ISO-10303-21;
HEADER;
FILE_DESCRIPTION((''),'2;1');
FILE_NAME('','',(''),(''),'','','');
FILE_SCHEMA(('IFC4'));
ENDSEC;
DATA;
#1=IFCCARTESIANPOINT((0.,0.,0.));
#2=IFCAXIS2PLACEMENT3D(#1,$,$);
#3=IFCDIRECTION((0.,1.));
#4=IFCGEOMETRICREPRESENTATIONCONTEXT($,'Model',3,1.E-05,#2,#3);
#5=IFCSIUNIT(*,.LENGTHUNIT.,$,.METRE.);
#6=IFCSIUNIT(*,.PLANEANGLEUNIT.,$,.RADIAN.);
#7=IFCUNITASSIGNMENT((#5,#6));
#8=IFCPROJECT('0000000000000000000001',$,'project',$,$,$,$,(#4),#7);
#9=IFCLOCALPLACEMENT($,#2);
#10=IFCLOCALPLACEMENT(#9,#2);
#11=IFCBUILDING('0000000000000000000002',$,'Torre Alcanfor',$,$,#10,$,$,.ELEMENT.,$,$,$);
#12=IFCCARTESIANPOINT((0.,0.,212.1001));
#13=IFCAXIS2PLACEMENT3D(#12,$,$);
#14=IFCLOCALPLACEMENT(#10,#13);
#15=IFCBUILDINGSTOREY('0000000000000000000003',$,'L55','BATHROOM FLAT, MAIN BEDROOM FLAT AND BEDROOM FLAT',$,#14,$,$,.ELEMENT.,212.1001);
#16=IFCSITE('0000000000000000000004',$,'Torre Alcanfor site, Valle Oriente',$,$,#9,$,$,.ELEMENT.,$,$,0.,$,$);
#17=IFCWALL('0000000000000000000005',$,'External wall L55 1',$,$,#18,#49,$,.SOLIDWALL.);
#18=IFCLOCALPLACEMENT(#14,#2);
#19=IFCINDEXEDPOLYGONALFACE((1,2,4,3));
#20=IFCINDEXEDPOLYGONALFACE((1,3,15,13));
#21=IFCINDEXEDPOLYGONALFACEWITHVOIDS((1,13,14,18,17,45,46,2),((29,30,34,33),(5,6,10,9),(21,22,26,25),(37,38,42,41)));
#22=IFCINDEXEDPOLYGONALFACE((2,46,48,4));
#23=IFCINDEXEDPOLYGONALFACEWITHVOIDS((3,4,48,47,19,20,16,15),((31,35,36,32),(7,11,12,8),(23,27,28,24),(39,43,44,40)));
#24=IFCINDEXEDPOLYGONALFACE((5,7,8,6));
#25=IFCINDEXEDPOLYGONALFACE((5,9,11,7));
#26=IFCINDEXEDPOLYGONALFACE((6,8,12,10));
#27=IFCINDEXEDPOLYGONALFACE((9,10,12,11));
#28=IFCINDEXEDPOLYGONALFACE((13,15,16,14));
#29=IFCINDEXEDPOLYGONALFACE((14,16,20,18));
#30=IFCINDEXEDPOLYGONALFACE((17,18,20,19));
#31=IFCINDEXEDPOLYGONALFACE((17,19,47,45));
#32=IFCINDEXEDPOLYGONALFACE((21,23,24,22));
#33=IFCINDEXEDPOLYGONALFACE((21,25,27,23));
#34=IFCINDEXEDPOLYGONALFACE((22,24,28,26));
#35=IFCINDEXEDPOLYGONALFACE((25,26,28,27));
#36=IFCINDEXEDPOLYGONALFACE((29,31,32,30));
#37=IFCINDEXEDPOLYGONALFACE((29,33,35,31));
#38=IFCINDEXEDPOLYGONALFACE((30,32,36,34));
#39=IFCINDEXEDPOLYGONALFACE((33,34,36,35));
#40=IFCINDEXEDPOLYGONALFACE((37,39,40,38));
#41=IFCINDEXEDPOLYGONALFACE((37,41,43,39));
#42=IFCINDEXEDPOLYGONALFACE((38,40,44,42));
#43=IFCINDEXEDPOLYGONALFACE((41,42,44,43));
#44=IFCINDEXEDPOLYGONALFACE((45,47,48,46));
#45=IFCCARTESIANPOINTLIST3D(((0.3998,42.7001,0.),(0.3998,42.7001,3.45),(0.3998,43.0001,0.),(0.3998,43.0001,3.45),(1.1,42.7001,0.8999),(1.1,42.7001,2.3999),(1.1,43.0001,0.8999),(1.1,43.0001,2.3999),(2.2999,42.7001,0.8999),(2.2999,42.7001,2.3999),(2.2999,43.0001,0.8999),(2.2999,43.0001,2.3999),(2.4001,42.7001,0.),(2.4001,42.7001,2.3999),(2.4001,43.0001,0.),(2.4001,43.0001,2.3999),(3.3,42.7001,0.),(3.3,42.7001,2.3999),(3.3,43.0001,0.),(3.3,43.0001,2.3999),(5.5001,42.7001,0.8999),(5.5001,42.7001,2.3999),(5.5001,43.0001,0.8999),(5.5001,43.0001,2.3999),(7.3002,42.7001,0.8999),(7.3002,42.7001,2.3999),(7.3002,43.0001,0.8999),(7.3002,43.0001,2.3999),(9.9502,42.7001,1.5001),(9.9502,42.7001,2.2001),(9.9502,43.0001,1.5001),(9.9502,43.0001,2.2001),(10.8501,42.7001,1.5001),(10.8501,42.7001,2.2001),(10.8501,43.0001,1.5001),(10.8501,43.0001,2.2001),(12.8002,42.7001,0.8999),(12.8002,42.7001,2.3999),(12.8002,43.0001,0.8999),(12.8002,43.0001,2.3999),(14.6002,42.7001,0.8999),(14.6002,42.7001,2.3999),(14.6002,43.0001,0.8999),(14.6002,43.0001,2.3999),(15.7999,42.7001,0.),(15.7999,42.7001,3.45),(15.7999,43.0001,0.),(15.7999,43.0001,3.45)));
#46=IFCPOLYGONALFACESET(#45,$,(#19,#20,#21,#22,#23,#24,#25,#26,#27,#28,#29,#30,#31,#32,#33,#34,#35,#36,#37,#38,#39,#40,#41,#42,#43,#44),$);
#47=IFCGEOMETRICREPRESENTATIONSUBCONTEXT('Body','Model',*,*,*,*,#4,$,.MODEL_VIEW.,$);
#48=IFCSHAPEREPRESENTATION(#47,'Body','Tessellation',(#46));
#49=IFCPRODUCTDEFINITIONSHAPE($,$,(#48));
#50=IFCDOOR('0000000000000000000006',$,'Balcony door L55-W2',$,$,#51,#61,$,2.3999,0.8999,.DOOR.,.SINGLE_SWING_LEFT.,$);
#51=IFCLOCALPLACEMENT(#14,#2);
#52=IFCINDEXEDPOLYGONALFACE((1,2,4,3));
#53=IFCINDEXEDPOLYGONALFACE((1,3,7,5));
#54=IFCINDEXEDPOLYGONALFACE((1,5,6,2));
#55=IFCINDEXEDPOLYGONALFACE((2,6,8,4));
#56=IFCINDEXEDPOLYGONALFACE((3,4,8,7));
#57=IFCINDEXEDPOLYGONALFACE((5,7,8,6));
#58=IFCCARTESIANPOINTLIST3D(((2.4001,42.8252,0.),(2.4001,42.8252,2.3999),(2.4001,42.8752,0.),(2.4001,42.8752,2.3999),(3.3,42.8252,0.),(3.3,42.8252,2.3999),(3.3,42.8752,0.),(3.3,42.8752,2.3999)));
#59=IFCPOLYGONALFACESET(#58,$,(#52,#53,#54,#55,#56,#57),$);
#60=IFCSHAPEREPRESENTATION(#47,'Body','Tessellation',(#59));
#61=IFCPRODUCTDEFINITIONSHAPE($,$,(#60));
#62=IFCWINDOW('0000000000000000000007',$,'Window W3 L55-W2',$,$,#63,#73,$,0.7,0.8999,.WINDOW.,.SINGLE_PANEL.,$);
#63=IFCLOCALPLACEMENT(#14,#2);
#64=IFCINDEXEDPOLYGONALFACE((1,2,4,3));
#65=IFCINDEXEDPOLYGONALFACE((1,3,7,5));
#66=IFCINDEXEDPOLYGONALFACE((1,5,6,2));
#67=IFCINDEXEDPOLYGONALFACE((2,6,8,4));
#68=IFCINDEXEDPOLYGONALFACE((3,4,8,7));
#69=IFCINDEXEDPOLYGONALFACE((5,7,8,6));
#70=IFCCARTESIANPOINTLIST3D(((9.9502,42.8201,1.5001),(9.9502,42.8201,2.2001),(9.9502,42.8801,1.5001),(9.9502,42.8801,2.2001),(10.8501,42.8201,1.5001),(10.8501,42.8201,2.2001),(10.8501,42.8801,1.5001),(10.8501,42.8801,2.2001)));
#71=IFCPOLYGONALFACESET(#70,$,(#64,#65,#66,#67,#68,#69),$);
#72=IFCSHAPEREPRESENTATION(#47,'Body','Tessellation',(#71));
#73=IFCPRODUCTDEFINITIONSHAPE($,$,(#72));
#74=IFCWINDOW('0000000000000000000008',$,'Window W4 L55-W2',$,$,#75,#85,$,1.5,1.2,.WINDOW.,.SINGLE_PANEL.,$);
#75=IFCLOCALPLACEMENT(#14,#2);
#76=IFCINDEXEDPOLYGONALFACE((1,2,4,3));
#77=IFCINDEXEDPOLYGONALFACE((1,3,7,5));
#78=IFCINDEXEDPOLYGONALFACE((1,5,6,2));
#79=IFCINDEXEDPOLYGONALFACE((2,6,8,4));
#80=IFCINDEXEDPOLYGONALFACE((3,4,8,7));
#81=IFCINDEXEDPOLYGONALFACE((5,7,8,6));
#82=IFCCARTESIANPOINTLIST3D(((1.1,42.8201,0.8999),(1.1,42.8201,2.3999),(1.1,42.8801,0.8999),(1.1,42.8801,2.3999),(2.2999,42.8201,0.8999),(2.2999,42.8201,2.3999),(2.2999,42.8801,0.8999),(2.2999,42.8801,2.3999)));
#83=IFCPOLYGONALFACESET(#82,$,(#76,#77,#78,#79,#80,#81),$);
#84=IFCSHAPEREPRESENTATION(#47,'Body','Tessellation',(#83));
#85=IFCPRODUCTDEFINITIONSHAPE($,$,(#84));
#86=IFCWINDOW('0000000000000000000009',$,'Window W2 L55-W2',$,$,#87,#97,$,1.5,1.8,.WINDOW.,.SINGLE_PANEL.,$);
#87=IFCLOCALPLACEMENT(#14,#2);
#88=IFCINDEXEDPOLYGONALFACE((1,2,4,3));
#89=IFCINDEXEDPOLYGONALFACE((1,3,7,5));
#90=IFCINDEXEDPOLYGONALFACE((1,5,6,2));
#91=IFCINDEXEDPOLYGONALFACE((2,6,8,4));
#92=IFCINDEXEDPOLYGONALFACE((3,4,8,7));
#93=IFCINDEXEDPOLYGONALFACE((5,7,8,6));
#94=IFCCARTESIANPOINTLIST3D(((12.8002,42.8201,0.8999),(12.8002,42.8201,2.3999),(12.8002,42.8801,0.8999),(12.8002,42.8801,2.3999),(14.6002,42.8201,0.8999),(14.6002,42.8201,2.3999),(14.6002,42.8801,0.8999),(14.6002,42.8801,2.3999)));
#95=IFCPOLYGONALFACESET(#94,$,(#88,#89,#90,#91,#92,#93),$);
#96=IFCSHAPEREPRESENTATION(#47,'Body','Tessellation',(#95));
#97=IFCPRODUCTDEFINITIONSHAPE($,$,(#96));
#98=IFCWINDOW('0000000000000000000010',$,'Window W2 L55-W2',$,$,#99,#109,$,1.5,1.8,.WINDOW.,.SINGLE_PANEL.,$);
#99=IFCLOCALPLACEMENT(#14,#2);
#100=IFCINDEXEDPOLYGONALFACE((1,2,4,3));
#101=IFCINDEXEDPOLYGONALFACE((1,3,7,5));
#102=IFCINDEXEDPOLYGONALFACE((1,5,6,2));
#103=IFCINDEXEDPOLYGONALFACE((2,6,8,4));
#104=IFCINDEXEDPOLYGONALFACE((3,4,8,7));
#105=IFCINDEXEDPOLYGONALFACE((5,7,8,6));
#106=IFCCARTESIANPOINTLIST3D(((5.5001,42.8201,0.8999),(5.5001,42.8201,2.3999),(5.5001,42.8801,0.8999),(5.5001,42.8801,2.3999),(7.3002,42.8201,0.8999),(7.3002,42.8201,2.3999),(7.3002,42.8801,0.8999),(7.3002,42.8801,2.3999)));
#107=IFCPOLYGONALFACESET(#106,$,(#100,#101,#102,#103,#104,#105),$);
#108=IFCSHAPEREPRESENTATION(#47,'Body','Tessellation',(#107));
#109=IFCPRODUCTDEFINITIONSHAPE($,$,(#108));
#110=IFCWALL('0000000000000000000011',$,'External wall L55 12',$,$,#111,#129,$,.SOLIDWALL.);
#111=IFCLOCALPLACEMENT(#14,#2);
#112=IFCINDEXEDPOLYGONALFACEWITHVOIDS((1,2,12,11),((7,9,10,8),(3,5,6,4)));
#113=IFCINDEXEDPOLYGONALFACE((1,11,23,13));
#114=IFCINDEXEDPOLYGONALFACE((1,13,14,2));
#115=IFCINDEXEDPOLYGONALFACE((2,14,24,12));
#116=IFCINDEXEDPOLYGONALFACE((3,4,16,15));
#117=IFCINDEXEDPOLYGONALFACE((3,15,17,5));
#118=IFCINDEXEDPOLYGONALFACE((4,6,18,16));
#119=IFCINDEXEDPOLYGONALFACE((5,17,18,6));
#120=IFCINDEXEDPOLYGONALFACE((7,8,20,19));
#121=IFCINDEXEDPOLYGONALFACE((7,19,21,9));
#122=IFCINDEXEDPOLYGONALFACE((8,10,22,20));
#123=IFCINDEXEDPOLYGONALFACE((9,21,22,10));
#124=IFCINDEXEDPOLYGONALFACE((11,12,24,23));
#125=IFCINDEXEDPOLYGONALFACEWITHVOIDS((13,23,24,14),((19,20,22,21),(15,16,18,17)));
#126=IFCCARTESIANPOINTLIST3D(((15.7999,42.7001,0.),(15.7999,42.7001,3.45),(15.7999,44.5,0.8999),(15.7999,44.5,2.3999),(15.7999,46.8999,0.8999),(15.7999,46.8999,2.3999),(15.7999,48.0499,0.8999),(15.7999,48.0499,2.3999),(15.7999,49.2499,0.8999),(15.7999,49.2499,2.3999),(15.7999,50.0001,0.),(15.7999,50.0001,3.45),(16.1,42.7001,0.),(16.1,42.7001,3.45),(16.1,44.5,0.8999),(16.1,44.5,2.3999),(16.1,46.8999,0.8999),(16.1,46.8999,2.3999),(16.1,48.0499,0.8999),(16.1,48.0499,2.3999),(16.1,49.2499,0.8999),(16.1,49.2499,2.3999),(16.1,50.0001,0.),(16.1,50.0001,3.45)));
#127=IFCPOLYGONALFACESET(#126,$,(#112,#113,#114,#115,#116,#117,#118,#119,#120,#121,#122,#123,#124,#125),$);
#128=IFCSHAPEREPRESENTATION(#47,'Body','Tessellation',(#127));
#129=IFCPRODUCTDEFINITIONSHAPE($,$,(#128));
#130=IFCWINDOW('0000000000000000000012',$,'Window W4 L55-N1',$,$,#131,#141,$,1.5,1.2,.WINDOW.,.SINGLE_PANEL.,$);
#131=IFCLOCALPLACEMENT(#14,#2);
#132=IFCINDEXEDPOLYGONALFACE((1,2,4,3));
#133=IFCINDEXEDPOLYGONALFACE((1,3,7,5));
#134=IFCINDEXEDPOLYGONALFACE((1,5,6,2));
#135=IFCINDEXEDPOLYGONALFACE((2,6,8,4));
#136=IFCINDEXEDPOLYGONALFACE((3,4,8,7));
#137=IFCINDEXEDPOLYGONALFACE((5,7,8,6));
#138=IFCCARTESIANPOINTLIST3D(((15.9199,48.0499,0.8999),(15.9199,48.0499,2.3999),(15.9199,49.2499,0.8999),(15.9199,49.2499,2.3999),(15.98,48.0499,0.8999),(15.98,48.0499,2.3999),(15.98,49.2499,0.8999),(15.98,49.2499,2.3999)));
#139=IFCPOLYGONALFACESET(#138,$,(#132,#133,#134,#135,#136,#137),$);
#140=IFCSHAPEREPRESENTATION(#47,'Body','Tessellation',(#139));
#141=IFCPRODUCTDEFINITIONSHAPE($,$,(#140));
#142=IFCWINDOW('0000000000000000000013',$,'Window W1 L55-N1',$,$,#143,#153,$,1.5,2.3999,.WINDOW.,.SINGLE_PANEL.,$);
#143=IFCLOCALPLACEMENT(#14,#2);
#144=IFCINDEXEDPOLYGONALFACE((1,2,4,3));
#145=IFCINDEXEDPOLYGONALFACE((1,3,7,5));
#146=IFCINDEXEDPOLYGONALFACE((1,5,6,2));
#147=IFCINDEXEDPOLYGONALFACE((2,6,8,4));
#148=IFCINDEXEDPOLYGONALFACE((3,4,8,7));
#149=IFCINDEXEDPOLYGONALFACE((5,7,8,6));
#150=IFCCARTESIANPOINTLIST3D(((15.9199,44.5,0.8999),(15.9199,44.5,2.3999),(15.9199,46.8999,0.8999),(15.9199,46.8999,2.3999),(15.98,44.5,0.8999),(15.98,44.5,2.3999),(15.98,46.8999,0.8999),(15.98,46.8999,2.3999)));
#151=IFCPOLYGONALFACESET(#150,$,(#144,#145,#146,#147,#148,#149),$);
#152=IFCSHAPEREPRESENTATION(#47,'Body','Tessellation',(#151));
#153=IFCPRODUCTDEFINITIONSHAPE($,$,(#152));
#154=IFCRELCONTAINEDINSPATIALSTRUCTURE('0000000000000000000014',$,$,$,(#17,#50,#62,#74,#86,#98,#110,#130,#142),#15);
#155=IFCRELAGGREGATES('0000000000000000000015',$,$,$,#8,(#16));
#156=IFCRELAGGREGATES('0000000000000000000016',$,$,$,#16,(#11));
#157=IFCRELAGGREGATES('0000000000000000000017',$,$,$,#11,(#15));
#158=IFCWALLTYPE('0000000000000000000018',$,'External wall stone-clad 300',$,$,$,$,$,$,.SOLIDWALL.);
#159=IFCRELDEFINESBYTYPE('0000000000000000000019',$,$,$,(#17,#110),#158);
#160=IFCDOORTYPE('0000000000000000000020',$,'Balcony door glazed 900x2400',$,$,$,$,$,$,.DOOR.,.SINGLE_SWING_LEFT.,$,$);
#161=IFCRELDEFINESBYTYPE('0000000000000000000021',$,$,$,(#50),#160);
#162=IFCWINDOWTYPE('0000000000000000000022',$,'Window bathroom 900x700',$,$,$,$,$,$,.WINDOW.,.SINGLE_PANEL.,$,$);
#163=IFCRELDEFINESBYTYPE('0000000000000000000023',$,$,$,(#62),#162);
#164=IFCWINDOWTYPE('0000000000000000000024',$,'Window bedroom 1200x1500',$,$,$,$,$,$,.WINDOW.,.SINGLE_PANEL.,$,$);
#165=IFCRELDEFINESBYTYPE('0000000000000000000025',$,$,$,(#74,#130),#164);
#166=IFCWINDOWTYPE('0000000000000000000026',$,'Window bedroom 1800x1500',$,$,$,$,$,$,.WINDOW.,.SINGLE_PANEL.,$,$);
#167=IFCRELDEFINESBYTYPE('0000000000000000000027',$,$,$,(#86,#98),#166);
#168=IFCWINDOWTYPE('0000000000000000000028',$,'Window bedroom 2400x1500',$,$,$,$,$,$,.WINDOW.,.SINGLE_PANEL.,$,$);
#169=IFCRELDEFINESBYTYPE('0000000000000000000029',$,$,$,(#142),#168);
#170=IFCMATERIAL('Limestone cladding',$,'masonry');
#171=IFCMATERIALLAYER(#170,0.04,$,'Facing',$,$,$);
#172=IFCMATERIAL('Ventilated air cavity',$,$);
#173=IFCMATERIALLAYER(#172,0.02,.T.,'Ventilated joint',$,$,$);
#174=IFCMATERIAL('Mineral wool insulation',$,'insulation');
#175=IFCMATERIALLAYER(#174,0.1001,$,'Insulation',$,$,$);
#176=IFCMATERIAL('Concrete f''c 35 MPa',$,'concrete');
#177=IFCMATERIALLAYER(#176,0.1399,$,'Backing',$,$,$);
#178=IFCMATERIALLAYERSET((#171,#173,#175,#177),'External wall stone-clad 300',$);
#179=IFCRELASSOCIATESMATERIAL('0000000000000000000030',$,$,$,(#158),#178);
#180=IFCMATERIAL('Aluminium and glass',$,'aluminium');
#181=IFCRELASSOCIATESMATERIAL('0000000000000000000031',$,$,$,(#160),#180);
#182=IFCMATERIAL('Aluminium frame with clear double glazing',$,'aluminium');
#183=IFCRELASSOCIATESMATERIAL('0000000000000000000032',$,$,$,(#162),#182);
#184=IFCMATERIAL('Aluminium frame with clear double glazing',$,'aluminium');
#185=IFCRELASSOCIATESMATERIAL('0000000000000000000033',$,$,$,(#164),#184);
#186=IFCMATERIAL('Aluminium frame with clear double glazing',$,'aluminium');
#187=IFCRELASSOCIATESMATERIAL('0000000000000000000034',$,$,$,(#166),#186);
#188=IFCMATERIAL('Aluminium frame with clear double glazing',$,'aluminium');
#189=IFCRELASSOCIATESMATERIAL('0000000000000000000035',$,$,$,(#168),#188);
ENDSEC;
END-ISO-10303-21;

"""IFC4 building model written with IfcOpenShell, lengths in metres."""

from ifc_helpers import new_model, si_unit, direction, frame, frame_2d, origin, place, context, subcontext, project, spatial, rectangle, extrude, material, layer, layer_set, type_object, element, fill, save


model = new_model("IFC4")

# Units and contexts
model_context = context("Model", 3, precision=1e-05, world=origin(), true_north=direction((0.0, 1.0)))
body_context = subcontext(model_context, "Body", "Model", "MODEL_VIEW")
ifc_project = project(units=[si_unit("LENGTHUNIT", "METRE"), si_unit("PLANEANGLEUNIT", "RADIAN")], contexts=[model_context])

# Site, building, storey
site_placement = place(None, origin())
site = spatial("IfcSite", under=ifc_project, at=site_placement, Name="Torre Alcanfor site, Valle Oriente", CompositionType="ELEMENT", RefElevation=0.0)
building_placement = place(site_placement, origin())
building = spatial("IfcBuilding", under=site, at=building_placement, Name="Torre Alcanfor", CompositionType="ELEMENT")
storey_placement = place(building_placement, frame((0.0, 0.0, 212.1001)))
storey = spatial("IfcBuildingStorey", under=building, at=storey_placement, Name="L55", Description="BATHROOM FLAT, MAIN BEDROOM FLAT AND BEDROOM FLAT", CompositionType="ELEMENT", Elevation=212.1001)

# Wall, openings, door, windows
ifc_material_1 = material(Name="Limestone cladding", Category="masonry")
ifc_layer_1 = layer(ifc_material_1, 0.04, Name="Facing")
ifc_material_2 = material(Name="Ventilated air cavity")
ifc_layer_2 = layer(ifc_material_2, 0.02, ventilated=True, Name="Ventilated joint")
ifc_material_3 = material(Name="Mineral wool insulation", Category="insulation")
ifc_layer_3 = layer(ifc_material_3, 0.1001, Name="Insulation")
ifc_material_4 = material(Name="Concrete f'c 35 MPa", Category="concrete")
ifc_layer_4 = layer(ifc_material_4, 0.1399, Name="Backing")
ifc_layer_set_1 = layer_set([ifc_layer_1, ifc_layer_2, ifc_layer_3, ifc_layer_4], Name="External wall stone-clad 300")
wall_type_1 = type_object("IfcWallType", Name="External wall stone-clad 300", PredefinedType="SOLIDWALL", material=ifc_layer_set_1)
wall_1_placement = place(storey_placement, frame((15.8, 42.8501, 0.0), z_axis=(0.0, 0.0, 1.0), x_axis=(-1.0, 0.0, 0.0)))
wall_1 = element("IfcWall", 1, at=wall_1_placement, inside=storey, type_object=wall_type_1, Name="External wall L55 1", PredefinedType="SOLIDWALL", context=body_context, shape_type="SweptSolid", body=[
    extrude(rectangle(XDim=15.4001, YDim=0.3, at=frame_2d((7.7002, 0.0))), origin(), (0.0, 0.0, 1.0), 3.45),
])
opening_1_placement = place(wall_1_placement, frame((1.2, 0.0, 0.8999)))
opening_1 = element("IfcOpeningElement", 2, at=opening_1_placement, cuts=wall_1, PredefinedType="OPENING", context=body_context, shape_type="SweptSolid", body=[
    extrude(rectangle(XDim=1.8, YDim=1.5, at=frame_2d((0.8999, 0.75))), frame((0.0, 0.1599, 0.0), z_axis=(0.0, -1.0, 0.0), x_axis=(1.0, 0.0, 0.0)), (0.0, 0.0, 1.0), 0.3201),
])
opening_2_placement = place(wall_1_placement, frame((4.95, 0.0, 1.5)))
opening_2 = element("IfcOpeningElement", 3, at=opening_2_placement, cuts=wall_1, PredefinedType="OPENING", context=body_context, shape_type="SweptSolid", body=[
    extrude(rectangle(XDim=0.8999, YDim=0.7, at=frame_2d((0.45, 0.3501))), frame((0.0, 0.1599, 0.0), z_axis=(0.0, -1.0, 0.0), x_axis=(1.0, 0.0, 0.0)), (0.0, 0.0, 1.0), 0.3201),
])
opening_3_placement = place(wall_1_placement, frame((8.5, 0.0, 0.8999)))
opening_3 = element("IfcOpeningElement", 4, at=opening_3_placement, cuts=wall_1, PredefinedType="OPENING", context=body_context, shape_type="SweptSolid", body=[
    extrude(rectangle(XDim=1.8, YDim=1.5, at=frame_2d((0.8999, 0.75))), frame((0.0, 0.1599, 0.0), z_axis=(0.0, -1.0, 0.0), x_axis=(1.0, 0.0, 0.0)), (0.0, 0.0, 1.0), 0.3201),
])
opening_4_placement = place(wall_1_placement, frame((12.5, 0.0, 0.0)))
opening_4 = element("IfcOpeningElement", 5, at=opening_4_placement, cuts=wall_1, PredefinedType="OPENING", context=body_context, shape_type="SweptSolid", body=[
    extrude(rectangle(XDim=0.8999, YDim=2.3999, at=frame_2d((0.45, 1.2))), frame((0.0, 0.1599, 0.0), z_axis=(0.0, -1.0, 0.0), x_axis=(1.0, 0.0, 0.0)), (0.0, 0.0, 1.0), 0.3201),
])
opening_5_placement = place(wall_1_placement, frame((13.5, 0.0, 0.8999)))
opening_5 = element("IfcOpeningElement", 6, at=opening_5_placement, cuts=wall_1, PredefinedType="OPENING", context=body_context, shape_type="SweptSolid", body=[
    extrude(rectangle(XDim=1.2, YDim=1.5, at=frame_2d((0.6001, 0.75))), frame((0.0, 0.1599, 0.0), z_axis=(0.0, -1.0, 0.0), x_axis=(1.0, 0.0, 0.0)), (0.0, 0.0, 1.0), 0.3201),
])
ifc_material_5 = material(Name="Aluminium and glass", Category="aluminium")
door_type_1 = type_object("IfcDoorType", Name="Balcony door glazed 900x2400", OperationType="SINGLE_SWING_LEFT", PredefinedType="DOOR", material=ifc_material_5)
door_1_placement = place(opening_4_placement, origin())
door_1 = element("IfcDoor", 7, at=door_1_placement, inside=storey, type_object=door_type_1, Name="Balcony door L55-W2", OperationType="SINGLE_SWING_LEFT", OverallHeight=2.3999, OverallWidth=0.8999, PredefinedType="DOOR", context=body_context, shape_type="SweptSolid", body=[
    extrude(rectangle(XDim=0.8999, YDim=2.3999, at=frame_2d((0.45, 1.2))), frame((0.0, 0.0249, 0.0), z_axis=(0.0, -1.0, 0.0), x_axis=(1.0, 0.0, 0.0)), (0.0, 0.0, 1.0), 0.05),
])
fill(opening_4, door_1)
ifc_material_6 = material(Name="Aluminium frame with clear double glazing", Category="aluminium")
window_type_1 = type_object("IfcWindowType", Name="Window bathroom 900x700", PartitioningType="SINGLE_PANEL", PredefinedType="WINDOW", material=ifc_material_6)
window_1_placement = place(opening_2_placement, origin())
window_1 = element("IfcWindow", 8, at=window_1_placement, inside=storey, type_object=window_type_1, Name="Window W3 L55-W2", OverallHeight=0.7, OverallWidth=0.8999, PartitioningType="SINGLE_PANEL", PredefinedType="WINDOW", context=body_context, shape_type="SweptSolid", body=[
    extrude(rectangle(XDim=0.8999, YDim=0.7, at=frame_2d((0.45, 0.3501))), frame((0.0, 0.03, 0.0), z_axis=(0.0, -1.0, 0.0), x_axis=(1.0, 0.0, 0.0)), (0.0, 0.0, 1.0), 0.0601),
])
fill(opening_2, window_1)
ifc_material_7 = material(Name="Aluminium frame with clear double glazing", Category="aluminium")
window_type_2 = type_object("IfcWindowType", Name="Window bedroom 1200x1500", PartitioningType="SINGLE_PANEL", PredefinedType="WINDOW", material=ifc_material_7)
window_2_placement = place(opening_5_placement, origin())
window_2 = element("IfcWindow", 9, at=window_2_placement, inside=storey, type_object=window_type_2, Name="Window W4 L55-W2", OverallHeight=1.5, OverallWidth=1.2, PartitioningType="SINGLE_PANEL", PredefinedType="WINDOW", context=body_context, shape_type="SweptSolid", body=[
    extrude(rectangle(XDim=1.2, YDim=1.5, at=frame_2d((0.6001, 0.75))), frame((0.0, 0.03, 0.0), z_axis=(0.0, -1.0, 0.0), x_axis=(1.0, 0.0, 0.0)), (0.0, 0.0, 1.0), 0.0601),
])
fill(opening_5, window_2)
ifc_material_8 = material(Name="Aluminium frame with clear double glazing", Category="aluminium")
window_type_3 = type_object("IfcWindowType", Name="Window bedroom 1800x1500", PartitioningType="SINGLE_PANEL", PredefinedType="WINDOW", material=ifc_material_8)
window_3_placement = place(opening_1_placement, origin())
window_3 = element("IfcWindow", 10, at=window_3_placement, inside=storey, type_object=window_type_3, Name="Window W2 L55-W2", OverallHeight=1.5, OverallWidth=1.8, PartitioningType="SINGLE_PANEL", PredefinedType="WINDOW", context=body_context, shape_type="SweptSolid", body=[
    extrude(rectangle(XDim=1.8, YDim=1.5, at=frame_2d((0.8999, 0.75))), frame((0.0, 0.03, 0.0), z_axis=(0.0, -1.0, 0.0), x_axis=(1.0, 0.0, 0.0)), (0.0, 0.0, 1.0), 0.0601),
])
fill(opening_1, window_3)
window_4_placement = place(opening_3_placement, origin())
window_4 = element("IfcWindow", 11, at=window_4_placement, inside=storey, type_object=window_type_3, Name="Window W2 L55-W2", OverallHeight=1.5, OverallWidth=1.8, PartitioningType="SINGLE_PANEL", PredefinedType="WINDOW", context=body_context, shape_type="SweptSolid", body=[
    extrude(rectangle(XDim=1.8, YDim=1.5, at=frame_2d((0.8999, 0.75))), frame((0.0, 0.03, 0.0), z_axis=(0.0, -1.0, 0.0), x_axis=(1.0, 0.0, 0.0)), (0.0, 0.0, 1.0), 0.0601),
])
fill(opening_3, window_4)

# Wall, openings, windows
wall_2_placement = place(storey_placement, frame((15.95, 50.0, 0.0), z_axis=(0.0, 0.0, 1.0), x_axis=(0.0, -1.0, 0.0)))
wall_2 = element("IfcWall", 12, at=wall_2_placement, inside=storey, type_object=wall_type_1, Name="External wall L55 12", PredefinedType="SOLIDWALL", context=body_context, shape_type="SweptSolid", body=[
    extrude(rectangle(XDim=7.3, YDim=0.3, at=frame_2d((3.6499, 0.0))), origin(), (0.0, 0.0, 1.0), 3.45),
])
opening_6_placement = place(wall_2_placement, frame((3.1001, 0.0, 0.8999)))
opening_6 = element("IfcOpeningElement", 13, at=opening_6_placement, cuts=wall_2, PredefinedType="OPENING", context=body_context, shape_type="SweptSolid", body=[
    extrude(rectangle(XDim=2.3999, YDim=1.5, at=frame_2d((1.2, 0.75))), frame((0.0, 0.1599, 0.0), z_axis=(0.0, -1.0, 0.0), x_axis=(1.0, 0.0, 0.0)), (0.0, 0.0, 1.0), 0.3201),
])
opening_7_placement = place(wall_2_placement, frame((0.75, 0.0, 0.8999)))
opening_7 = element("IfcOpeningElement", 14, at=opening_7_placement, cuts=wall_2, PredefinedType="OPENING", context=body_context, shape_type="SweptSolid", body=[
    extrude(rectangle(XDim=1.2, YDim=1.5, at=frame_2d((0.6001, 0.75))), frame((0.0, 0.1599, 0.0), z_axis=(0.0, -1.0, 0.0), x_axis=(1.0, 0.0, 0.0)), (0.0, 0.0, 1.0), 0.3201),
])
window_5_placement = place(opening_7_placement, origin())
window_5 = element("IfcWindow", 15, at=window_5_placement, inside=storey, type_object=window_type_2, Name="Window W4 L55-N1", OverallHeight=1.5, OverallWidth=1.2, PartitioningType="SINGLE_PANEL", PredefinedType="WINDOW", context=body_context, shape_type="SweptSolid", body=[
    extrude(rectangle(XDim=1.2, YDim=1.5, at=frame_2d((0.6001, 0.75))), frame((0.0, 0.03, 0.0), z_axis=(0.0, -1.0, 0.0), x_axis=(1.0, 0.0, 0.0)), (0.0, 0.0, 1.0), 0.0601),
])
fill(opening_7, window_5)
ifc_material_9 = material(Name="Aluminium frame with clear double glazing", Category="aluminium")
window_type_4 = type_object("IfcWindowType", Name="Window bedroom 2400x1500", PartitioningType="SINGLE_PANEL", PredefinedType="WINDOW", material=ifc_material_9)
window_6_placement = place(opening_6_placement, origin())
window_6 = element("IfcWindow", 16, at=window_6_placement, inside=storey, type_object=window_type_4, Name="Window W1 L55-N1", OverallHeight=1.5, OverallWidth=2.3999, PartitioningType="SINGLE_PANEL", PredefinedType="WINDOW", context=body_context, shape_type="SweptSolid", body=[
    extrude(rectangle(XDim=2.3999, YDim=1.5, at=frame_2d((1.2, 0.75))), frame((0.0, 0.03, 0.0), z_axis=(0.0, -1.0, 0.0), x_axis=(1.0, 0.0, 0.0)), (0.0, 0.0, 1.0), 0.0601),
])
fill(opening_6, window_6)

save(model, "model.ifc")
